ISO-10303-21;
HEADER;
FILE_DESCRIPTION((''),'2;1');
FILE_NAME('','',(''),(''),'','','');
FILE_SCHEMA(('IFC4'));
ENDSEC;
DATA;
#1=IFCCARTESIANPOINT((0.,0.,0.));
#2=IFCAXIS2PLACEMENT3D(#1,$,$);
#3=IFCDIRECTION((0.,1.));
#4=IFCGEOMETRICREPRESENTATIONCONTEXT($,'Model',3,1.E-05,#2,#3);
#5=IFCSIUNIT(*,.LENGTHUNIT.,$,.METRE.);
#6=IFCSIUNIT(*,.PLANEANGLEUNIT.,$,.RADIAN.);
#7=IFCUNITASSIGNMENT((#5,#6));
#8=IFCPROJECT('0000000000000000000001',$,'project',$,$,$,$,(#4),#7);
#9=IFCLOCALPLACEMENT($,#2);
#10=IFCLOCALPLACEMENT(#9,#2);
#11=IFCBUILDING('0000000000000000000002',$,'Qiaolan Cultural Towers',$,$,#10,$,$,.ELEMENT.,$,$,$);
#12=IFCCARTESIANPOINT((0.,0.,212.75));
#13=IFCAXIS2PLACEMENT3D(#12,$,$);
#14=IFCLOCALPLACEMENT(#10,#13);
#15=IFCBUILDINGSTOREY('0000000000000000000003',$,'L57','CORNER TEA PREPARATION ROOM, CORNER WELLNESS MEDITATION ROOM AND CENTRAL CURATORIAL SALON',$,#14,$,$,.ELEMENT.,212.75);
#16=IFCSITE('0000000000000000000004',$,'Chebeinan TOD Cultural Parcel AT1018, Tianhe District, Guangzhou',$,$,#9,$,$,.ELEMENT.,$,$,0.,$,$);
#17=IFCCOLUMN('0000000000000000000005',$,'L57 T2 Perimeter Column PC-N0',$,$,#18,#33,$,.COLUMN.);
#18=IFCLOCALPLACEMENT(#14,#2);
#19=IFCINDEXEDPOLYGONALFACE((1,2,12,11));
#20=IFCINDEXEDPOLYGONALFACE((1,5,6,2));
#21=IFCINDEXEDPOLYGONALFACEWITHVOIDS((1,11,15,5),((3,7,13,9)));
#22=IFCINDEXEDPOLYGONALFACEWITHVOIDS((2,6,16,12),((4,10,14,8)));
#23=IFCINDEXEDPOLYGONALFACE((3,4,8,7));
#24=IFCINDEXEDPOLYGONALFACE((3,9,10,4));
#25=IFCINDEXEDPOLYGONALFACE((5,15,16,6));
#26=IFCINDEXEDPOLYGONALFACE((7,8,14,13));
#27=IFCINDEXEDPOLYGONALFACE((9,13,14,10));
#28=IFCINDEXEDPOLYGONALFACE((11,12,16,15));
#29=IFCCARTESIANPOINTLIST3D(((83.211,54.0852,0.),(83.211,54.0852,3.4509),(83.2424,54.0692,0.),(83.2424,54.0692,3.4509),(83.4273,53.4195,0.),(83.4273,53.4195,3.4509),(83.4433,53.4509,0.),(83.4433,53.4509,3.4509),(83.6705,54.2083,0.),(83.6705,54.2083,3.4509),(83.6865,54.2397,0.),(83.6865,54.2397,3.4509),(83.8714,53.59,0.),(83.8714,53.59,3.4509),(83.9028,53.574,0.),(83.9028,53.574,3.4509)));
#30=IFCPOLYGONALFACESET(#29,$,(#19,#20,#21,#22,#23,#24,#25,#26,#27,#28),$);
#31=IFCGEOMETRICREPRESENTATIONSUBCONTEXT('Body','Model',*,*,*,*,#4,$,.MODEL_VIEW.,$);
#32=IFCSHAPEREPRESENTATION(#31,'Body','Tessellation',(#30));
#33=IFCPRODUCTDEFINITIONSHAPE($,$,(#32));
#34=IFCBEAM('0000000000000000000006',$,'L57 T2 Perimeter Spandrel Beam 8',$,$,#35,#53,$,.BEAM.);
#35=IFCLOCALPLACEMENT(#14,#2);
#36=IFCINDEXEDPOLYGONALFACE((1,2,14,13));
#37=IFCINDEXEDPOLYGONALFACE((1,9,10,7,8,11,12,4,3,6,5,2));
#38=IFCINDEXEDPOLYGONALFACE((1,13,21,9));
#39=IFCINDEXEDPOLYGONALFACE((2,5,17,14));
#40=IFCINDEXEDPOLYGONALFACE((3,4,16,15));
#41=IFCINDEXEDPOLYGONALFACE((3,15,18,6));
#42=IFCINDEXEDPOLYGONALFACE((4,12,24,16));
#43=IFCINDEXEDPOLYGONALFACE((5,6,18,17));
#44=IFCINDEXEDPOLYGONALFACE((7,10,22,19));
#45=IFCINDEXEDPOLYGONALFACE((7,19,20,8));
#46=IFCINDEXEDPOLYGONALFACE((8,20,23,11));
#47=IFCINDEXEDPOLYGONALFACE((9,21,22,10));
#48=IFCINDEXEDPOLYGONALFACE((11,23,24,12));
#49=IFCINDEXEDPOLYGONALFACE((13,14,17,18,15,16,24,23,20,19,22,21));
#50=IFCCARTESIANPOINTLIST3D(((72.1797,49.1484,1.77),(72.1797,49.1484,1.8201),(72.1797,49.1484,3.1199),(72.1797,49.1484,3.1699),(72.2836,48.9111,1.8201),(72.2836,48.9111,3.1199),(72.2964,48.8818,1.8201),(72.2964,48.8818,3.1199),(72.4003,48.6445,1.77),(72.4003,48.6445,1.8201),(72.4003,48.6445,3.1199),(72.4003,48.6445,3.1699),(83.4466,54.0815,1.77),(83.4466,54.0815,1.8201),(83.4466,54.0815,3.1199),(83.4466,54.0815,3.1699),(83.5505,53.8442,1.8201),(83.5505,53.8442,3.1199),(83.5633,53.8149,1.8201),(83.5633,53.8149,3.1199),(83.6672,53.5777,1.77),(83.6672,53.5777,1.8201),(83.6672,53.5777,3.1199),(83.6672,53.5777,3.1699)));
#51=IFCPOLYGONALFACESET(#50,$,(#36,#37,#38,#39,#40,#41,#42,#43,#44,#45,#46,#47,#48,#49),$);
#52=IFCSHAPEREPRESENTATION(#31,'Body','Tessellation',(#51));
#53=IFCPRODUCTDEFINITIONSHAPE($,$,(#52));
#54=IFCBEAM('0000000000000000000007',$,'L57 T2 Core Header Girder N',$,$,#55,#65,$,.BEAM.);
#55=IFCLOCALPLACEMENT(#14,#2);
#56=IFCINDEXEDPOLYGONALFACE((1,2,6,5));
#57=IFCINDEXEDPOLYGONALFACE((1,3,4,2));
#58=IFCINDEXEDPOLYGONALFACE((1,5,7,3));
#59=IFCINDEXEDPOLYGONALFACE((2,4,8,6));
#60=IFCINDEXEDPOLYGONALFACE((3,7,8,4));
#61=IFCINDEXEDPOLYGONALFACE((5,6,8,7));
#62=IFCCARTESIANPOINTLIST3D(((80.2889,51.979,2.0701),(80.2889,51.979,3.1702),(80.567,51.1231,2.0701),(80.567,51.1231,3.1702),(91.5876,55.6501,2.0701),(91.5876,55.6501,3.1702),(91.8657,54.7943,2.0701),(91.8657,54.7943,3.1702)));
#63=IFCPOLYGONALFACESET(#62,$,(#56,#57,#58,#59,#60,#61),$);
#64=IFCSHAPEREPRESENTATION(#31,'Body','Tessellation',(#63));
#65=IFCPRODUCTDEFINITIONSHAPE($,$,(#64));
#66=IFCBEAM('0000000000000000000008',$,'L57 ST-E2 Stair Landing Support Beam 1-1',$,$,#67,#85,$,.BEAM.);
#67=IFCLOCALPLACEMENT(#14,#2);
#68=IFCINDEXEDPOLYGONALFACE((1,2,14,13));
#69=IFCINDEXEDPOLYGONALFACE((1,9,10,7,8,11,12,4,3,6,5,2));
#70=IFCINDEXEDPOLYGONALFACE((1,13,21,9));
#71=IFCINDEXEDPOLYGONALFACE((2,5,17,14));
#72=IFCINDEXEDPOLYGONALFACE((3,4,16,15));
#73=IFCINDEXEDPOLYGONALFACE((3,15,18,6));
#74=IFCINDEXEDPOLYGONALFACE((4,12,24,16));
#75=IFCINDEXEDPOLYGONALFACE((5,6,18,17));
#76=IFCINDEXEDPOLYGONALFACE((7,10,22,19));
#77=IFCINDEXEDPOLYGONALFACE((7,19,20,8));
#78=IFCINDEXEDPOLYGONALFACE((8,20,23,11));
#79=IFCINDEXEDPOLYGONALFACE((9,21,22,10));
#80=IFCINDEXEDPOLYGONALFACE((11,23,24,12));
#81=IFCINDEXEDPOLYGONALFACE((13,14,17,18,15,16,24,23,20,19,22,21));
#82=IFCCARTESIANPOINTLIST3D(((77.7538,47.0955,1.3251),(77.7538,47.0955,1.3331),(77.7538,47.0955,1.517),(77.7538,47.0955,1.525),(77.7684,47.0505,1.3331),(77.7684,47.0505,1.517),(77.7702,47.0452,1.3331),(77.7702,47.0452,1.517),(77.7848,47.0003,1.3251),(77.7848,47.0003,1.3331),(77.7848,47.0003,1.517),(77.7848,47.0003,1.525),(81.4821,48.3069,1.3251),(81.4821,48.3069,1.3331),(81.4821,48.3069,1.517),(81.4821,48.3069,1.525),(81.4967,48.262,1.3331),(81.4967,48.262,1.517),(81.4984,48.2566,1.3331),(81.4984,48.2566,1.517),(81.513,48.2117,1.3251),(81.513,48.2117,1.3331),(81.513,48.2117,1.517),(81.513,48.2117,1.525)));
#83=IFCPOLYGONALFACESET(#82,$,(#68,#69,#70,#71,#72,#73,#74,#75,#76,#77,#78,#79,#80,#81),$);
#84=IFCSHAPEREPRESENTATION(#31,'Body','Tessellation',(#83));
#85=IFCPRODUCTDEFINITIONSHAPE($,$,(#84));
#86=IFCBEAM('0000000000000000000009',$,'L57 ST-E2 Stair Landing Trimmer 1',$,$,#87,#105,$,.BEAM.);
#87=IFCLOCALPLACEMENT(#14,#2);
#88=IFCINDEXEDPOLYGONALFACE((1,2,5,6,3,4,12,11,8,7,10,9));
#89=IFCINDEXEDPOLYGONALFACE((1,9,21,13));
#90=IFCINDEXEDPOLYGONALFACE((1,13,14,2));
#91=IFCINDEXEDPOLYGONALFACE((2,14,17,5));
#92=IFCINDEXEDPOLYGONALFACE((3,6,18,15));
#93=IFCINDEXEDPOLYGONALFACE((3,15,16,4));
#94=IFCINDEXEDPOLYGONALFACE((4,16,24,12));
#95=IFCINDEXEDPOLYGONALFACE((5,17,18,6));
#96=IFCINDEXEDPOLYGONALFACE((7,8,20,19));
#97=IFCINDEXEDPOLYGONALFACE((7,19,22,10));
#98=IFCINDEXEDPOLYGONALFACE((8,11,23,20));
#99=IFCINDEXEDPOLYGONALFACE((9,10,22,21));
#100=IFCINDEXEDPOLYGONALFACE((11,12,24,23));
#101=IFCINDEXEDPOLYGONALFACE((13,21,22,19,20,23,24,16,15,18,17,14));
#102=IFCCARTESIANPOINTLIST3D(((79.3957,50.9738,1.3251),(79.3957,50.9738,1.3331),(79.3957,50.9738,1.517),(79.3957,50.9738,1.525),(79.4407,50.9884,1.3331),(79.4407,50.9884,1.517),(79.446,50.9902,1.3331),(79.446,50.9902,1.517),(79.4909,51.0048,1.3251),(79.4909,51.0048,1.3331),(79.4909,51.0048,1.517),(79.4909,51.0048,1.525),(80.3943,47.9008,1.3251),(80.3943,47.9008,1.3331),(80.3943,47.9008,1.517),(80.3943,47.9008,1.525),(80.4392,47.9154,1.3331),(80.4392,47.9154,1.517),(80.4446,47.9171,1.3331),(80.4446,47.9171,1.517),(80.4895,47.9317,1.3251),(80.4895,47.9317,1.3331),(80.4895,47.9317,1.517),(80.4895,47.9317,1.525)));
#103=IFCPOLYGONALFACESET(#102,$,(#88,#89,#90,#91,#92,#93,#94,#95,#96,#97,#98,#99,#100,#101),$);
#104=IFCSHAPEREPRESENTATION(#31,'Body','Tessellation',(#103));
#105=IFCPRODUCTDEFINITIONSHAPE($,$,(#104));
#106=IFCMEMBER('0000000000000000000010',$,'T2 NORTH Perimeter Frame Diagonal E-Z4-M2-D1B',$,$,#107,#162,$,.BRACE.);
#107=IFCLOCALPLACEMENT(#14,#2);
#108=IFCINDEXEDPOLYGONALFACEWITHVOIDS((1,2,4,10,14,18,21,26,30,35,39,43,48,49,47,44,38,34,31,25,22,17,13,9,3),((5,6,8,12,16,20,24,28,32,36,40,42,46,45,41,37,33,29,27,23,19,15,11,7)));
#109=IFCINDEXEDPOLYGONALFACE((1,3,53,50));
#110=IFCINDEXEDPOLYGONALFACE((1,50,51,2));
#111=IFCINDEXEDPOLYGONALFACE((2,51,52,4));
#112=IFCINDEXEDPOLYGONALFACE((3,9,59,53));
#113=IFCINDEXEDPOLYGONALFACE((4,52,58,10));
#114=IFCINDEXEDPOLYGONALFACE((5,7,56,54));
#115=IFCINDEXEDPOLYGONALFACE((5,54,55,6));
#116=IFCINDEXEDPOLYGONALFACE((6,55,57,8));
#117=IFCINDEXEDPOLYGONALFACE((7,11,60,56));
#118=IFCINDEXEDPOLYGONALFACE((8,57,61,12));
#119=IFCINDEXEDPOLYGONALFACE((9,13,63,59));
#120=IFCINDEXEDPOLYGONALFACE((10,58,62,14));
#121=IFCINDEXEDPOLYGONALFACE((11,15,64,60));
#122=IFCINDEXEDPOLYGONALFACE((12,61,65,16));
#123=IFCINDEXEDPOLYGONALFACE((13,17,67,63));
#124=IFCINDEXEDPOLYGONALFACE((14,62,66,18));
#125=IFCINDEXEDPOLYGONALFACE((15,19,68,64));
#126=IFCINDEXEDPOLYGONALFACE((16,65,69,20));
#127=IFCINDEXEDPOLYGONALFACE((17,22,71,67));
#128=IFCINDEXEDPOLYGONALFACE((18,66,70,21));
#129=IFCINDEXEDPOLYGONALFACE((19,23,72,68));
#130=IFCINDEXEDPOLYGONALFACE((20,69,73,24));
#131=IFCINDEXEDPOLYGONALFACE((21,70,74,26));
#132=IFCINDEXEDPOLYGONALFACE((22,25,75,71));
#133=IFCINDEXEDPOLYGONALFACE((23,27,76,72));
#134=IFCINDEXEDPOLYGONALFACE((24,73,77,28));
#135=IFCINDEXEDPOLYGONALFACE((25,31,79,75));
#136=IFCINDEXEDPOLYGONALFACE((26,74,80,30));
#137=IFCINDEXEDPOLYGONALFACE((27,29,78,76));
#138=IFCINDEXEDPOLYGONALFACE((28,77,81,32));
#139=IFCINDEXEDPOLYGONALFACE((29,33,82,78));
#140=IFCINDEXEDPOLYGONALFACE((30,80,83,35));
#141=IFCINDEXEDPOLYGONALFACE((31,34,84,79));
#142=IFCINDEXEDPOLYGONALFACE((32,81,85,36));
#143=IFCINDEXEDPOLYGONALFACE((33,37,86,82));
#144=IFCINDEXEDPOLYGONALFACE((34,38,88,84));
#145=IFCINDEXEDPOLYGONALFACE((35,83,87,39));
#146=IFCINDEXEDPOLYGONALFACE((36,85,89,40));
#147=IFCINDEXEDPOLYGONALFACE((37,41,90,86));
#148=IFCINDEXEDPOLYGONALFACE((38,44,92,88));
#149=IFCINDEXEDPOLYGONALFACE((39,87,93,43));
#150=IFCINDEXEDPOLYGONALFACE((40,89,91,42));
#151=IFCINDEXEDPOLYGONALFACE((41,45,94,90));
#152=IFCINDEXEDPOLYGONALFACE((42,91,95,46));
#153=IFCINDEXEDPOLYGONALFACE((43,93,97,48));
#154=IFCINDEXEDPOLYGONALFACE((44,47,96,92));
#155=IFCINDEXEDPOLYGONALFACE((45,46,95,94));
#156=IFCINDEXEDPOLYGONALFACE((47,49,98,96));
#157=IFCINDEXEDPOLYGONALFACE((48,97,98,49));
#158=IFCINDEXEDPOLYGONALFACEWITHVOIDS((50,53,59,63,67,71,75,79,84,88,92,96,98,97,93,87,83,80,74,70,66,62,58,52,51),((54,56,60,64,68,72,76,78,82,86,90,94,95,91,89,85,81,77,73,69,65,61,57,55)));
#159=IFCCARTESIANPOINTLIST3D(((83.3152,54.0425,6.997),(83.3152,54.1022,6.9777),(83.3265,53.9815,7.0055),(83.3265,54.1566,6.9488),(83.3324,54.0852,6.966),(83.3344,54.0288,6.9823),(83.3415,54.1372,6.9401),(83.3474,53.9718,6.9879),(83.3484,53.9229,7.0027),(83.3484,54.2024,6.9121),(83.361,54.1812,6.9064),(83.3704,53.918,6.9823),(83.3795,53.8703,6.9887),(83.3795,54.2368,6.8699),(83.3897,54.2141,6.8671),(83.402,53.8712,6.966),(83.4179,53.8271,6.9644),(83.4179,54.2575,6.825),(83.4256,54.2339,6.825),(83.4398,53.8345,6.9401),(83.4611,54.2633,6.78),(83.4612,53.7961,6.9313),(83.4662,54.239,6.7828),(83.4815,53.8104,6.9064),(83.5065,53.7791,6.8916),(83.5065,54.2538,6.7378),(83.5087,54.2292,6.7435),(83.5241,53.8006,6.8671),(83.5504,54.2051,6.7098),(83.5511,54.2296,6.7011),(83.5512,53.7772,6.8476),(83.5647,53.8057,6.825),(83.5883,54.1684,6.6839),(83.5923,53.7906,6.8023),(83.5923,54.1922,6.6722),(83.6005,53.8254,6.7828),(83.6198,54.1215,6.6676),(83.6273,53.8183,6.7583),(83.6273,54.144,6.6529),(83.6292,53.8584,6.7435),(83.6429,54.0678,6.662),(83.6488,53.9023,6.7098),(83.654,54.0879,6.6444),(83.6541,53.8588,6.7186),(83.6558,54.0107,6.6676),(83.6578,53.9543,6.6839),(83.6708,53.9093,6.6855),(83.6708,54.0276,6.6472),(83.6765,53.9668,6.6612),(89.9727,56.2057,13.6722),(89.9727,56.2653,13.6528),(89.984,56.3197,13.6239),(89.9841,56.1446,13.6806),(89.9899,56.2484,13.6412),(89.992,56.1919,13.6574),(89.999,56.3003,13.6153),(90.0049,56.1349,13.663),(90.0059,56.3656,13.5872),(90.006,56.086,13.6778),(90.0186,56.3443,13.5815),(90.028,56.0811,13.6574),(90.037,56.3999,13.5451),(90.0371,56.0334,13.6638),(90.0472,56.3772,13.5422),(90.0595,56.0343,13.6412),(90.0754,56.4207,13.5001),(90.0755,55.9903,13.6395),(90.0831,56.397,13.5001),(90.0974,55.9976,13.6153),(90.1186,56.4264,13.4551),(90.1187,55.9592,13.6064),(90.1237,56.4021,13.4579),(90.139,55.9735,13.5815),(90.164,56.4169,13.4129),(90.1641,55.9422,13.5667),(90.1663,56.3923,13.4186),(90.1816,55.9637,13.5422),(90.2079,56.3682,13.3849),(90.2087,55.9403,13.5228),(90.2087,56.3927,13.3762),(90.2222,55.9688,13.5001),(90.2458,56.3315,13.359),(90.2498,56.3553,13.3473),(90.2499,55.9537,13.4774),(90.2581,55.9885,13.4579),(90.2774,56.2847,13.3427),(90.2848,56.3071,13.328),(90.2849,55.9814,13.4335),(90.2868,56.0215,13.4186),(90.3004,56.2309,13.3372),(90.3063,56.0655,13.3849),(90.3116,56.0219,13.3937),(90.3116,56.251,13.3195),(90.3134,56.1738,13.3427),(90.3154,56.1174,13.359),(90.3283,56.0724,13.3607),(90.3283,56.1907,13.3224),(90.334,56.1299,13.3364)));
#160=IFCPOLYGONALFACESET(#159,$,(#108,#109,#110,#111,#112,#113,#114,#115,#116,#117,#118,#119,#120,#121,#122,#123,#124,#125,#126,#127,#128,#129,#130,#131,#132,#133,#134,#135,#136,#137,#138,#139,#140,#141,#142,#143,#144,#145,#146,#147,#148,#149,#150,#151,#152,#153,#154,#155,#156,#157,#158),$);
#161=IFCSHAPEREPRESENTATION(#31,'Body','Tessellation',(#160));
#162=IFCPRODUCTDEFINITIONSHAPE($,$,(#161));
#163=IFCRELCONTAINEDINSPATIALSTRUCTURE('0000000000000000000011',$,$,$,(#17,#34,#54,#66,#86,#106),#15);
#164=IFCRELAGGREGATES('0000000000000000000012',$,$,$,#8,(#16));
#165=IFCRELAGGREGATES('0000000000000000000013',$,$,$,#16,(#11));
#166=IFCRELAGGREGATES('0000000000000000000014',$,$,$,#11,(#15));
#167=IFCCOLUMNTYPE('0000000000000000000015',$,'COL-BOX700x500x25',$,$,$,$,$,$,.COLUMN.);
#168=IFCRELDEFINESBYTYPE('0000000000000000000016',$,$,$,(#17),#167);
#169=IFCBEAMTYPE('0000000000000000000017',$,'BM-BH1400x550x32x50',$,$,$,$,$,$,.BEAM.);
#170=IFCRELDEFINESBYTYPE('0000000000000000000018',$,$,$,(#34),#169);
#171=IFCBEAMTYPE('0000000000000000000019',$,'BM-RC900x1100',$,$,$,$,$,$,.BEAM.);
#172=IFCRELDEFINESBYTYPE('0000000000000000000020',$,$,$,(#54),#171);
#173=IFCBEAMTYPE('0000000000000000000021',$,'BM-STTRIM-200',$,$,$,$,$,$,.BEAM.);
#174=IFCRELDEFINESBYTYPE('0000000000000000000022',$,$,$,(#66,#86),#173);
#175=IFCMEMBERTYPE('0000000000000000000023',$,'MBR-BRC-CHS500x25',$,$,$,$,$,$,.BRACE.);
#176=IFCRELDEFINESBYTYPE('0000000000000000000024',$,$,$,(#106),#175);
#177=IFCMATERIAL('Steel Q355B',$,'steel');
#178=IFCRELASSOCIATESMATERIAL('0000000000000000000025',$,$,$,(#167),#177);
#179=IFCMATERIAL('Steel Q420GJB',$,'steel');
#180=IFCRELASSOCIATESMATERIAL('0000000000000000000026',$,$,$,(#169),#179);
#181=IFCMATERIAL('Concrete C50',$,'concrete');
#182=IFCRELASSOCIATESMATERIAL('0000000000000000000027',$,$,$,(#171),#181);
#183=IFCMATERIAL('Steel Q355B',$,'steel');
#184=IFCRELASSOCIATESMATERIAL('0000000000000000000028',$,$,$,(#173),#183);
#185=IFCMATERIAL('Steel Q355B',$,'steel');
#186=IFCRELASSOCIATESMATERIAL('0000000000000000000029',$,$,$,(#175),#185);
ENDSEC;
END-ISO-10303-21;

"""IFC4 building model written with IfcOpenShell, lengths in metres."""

from ifc_helpers import new_model, si_unit, direction, frame, origin, origin_2d, place, context, subcontext, project, spatial, rectangle, hollow_rectangle, hollow_circle, i_section, extrude, material, material_profile, profile_set, type_object, element, save


model = new_model("IFC4")

# Units and contexts
model_context = context("Model", 3, precision=1e-05, world=origin(), true_north=direction((0.0, 1.0)))
body_context = subcontext(model_context, "Body", "Model", "MODEL_VIEW")
ifc_project = project(units=[si_unit("LENGTHUNIT", "METRE"), si_unit("PLANEANGLEUNIT", "RADIAN")], contexts=[model_context])

# Site, building, storey
site_placement = place(None, origin())
site = spatial("IfcSite", under=ifc_project, at=site_placement, Name="Chebeinan TOD Cultural Parcel AT1018, Tianhe District, Guangzhou", CompositionType="ELEMENT", RefElevation=0.0)
building_placement = place(site_placement, origin())
building = spatial("IfcBuilding", under=site, at=building_placement, Name="Qiaolan Cultural Towers", CompositionType="ELEMENT")
storey_placement = place(building_placement, frame((0.0, 0.0, 212.75)))
storey = spatial("IfcBuildingStorey", under=building, at=storey_placement, Name="L57", Description="CORNER TEA PREPARATION ROOM, CORNER WELLNESS MEDITATION ROOM AND CENTRAL CURATORIAL SALON", CompositionType="ELEMENT", Elevation=212.75)

# Column
ifc_material_1 = material(Name="Steel Q355B", Category="steel")
ifc_material_profile_1 = material_profile(ifc_material_1, hollow_rectangle(XDim=0.5, YDim=0.7, WallThickness=0.0249, at=origin_2d()), Name="BOX700x500x25")
ifc_profile_set_1 = profile_set([ifc_material_profile_1], Name="Steel Q355B")
column_type = type_object("IfcColumnType", Name="COL-BOX700x500x25", PredefinedType="COLUMN", material=ifc_profile_set_1)
column_placement = place(storey_placement, frame((83.5569, 53.8296, 0.0), z_axis=(0.0, 0.0, 1.0), x_axis=(0.951057, 0.309017, 0.0)))
element("IfcColumn", 1, at=column_placement, inside=storey, type_object=column_type, Name="L57 T2 Perimeter Column PC-N0", PredefinedType="COLUMN", context=body_context, shape_type="SweptSolid", body=[
    extrude(hollow_rectangle(XDim=0.5, YDim=0.7, WallThickness=0.0249, at=origin_2d()), origin(), (0.0, 0.0, 1.0), 3.4509),
])

# Beams
ifc_material_2 = material(Name="Steel Q420GJB", Category="steel")
ifc_material_profile_2 = material_profile(ifc_material_2, i_section(OverallWidth=0.55, OverallDepth=1.3999, WebThickness=0.032, FlangeThickness=0.05, at=origin_2d()), Name="BH1400x550x32x50")
ifc_profile_set_2 = profile_set([ifc_material_profile_2], Name="Steel Q420GJB")
beam_type_1 = type_object("IfcBeamType", Name="BM-BH1400x550x32x50", PredefinedType="BEAM", material=ifc_profile_set_2)
beam_1_placement = place(storey_placement, frame((83.5569, 53.8296, 2.47), z_axis=(-0.916042, -0.401082, 0.0), x_axis=(0.401082, -0.916042, 0.0)))
element("IfcBeam", 2, at=beam_1_placement, inside=storey, type_object=beam_type_1, Name="L57 T2 Perimeter Spandrel Beam 8", PredefinedType="BEAM", context=body_context, shape_type="SweptSolid", body=[
    extrude(i_section(OverallWidth=0.55, OverallDepth=1.3999, WebThickness=0.032, FlangeThickness=0.05, at=origin_2d()), origin(), (0.0, 0.0, 1.0), 12.2996),
])
ifc_material_3 = material(Name="Concrete C50", Category="concrete")
ifc_material_profile_3 = material_profile(ifc_material_3, rectangle(XDim=0.8999, YDim=1.1001, at=origin_2d()), Name="RC900x1100")
ifc_profile_set_3 = profile_set([ifc_material_profile_3], Name="Concrete C50")
beam_type_2 = type_object("IfcBeamType", Name="BM-RC900x1100", PredefinedType="BEAM", material=ifc_profile_set_3)
beam_2_placement = place(storey_placement, frame((80.428, 51.551, 2.6201), z_axis=(0.951056, 0.309018, 0.0), x_axis=(-0.309018, 0.951056, 0.0)))
element("IfcBeam", 3, at=beam_2_placement, inside=storey, type_object=beam_type_2, Name="L57 T2 Core Header Girder N", PredefinedType="BEAM", context=body_context, shape_type="SweptSolid", body=[
    extrude(rectangle(XDim=0.8999, YDim=1.1001, at=origin_2d()), origin(), (0.0, 0.0, 1.0), 11.8801),
])
ifc_material_4 = material(Name="Steel Q355B", Category="steel")
ifc_material_profile_4 = material_profile(ifc_material_4, i_section(OverallWidth=0.1001, OverallDepth=0.2, WebThickness=0.0056, FlangeThickness=0.0081, at=origin_2d()), Name="HN200x100x5.5x8")
ifc_profile_set_4 = profile_set([ifc_material_profile_4], Name="Steel Q355B")
beam_type_3 = type_object("IfcBeamType", Name="BM-STTRIM-200", PredefinedType="BEAM", material=ifc_profile_set_4)
beam_3_placement = place(storey_placement, frame((77.7693, 47.0479, 1.425), z_axis=(0.951054, 0.309026, 0.0), x_axis=(-0.309026, 0.951054, 0.0)))
element("IfcBeam", 4, at=beam_3_placement, inside=storey, type_object=beam_type_3, Name="L57 ST-E2 Stair Landing Support Beam 1-1", PredefinedType="BEAM", context=body_context, shape_type="SweptSolid", body=[
    extrude(i_section(OverallWidth=0.1001, OverallDepth=0.2, WebThickness=0.0056, FlangeThickness=0.0081, at=origin_2d()), origin(), (0.0, 0.0, 1.0), 3.9202),
])
beam_4_placement = place(storey_placement, frame((80.4419, 47.9163, 1.425), z_axis=(-0.309033, 0.951051, 0.0), x_axis=(-0.951051, -0.309033, 0.0)))
element("IfcBeam", 5, at=beam_4_placement, inside=storey, type_object=beam_type_3, Name="L57 ST-E2 Stair Landing Trimmer 1", PredefinedType="BEAM", context=body_context, shape_type="SweptSolid", body=[
    extrude(i_section(OverallWidth=0.1001, OverallDepth=0.2, WebThickness=0.0056, FlangeThickness=0.0081, at=origin_2d()), origin(), (0.0, 0.0, 1.0), 3.2312),
])

# Member
ifc_material_5 = material(Name="Steel Q355B", Category="steel")
ifc_material_profile_5 = material_profile(ifc_material_5, hollow_circle(Radius=0.25, WallThickness=0.0249, at=origin_2d()), Name="CHS500x25")
ifc_profile_set_5 = profile_set([ifc_material_profile_5], Name="Steel Q355B")
member_type = type_object("IfcMemberType", Name="MBR-BRC-CHS500x25", PredefinedType="BRACE", material=ifc_profile_set_5)
for number, where, z_axis, x_axis, name in (
    (6, (83.4951, 54.0198, 6.825), (0.688289, 0.223633, 0.690106), (-0.30901, 0.951059, 0.0), "T2 NORTH Perimeter Frame Diagonal E-Z4-M2-D1B"),
):
    element("IfcMember", number, at=place(storey_placement, frame(where, z_axis=z_axis, x_axis=x_axis)), inside=storey, type_object=member_type, Name=name, PredefinedType="BRACE", context=body_context, shape_type="SweptSolid", body=[
        extrude(hollow_circle(Radius=0.25, WallThickness=0.0249, at=origin_2d()), origin(), (0.0, 0.0, 1.0), 9.6726),
    ])

save(model, "model.ifc")
